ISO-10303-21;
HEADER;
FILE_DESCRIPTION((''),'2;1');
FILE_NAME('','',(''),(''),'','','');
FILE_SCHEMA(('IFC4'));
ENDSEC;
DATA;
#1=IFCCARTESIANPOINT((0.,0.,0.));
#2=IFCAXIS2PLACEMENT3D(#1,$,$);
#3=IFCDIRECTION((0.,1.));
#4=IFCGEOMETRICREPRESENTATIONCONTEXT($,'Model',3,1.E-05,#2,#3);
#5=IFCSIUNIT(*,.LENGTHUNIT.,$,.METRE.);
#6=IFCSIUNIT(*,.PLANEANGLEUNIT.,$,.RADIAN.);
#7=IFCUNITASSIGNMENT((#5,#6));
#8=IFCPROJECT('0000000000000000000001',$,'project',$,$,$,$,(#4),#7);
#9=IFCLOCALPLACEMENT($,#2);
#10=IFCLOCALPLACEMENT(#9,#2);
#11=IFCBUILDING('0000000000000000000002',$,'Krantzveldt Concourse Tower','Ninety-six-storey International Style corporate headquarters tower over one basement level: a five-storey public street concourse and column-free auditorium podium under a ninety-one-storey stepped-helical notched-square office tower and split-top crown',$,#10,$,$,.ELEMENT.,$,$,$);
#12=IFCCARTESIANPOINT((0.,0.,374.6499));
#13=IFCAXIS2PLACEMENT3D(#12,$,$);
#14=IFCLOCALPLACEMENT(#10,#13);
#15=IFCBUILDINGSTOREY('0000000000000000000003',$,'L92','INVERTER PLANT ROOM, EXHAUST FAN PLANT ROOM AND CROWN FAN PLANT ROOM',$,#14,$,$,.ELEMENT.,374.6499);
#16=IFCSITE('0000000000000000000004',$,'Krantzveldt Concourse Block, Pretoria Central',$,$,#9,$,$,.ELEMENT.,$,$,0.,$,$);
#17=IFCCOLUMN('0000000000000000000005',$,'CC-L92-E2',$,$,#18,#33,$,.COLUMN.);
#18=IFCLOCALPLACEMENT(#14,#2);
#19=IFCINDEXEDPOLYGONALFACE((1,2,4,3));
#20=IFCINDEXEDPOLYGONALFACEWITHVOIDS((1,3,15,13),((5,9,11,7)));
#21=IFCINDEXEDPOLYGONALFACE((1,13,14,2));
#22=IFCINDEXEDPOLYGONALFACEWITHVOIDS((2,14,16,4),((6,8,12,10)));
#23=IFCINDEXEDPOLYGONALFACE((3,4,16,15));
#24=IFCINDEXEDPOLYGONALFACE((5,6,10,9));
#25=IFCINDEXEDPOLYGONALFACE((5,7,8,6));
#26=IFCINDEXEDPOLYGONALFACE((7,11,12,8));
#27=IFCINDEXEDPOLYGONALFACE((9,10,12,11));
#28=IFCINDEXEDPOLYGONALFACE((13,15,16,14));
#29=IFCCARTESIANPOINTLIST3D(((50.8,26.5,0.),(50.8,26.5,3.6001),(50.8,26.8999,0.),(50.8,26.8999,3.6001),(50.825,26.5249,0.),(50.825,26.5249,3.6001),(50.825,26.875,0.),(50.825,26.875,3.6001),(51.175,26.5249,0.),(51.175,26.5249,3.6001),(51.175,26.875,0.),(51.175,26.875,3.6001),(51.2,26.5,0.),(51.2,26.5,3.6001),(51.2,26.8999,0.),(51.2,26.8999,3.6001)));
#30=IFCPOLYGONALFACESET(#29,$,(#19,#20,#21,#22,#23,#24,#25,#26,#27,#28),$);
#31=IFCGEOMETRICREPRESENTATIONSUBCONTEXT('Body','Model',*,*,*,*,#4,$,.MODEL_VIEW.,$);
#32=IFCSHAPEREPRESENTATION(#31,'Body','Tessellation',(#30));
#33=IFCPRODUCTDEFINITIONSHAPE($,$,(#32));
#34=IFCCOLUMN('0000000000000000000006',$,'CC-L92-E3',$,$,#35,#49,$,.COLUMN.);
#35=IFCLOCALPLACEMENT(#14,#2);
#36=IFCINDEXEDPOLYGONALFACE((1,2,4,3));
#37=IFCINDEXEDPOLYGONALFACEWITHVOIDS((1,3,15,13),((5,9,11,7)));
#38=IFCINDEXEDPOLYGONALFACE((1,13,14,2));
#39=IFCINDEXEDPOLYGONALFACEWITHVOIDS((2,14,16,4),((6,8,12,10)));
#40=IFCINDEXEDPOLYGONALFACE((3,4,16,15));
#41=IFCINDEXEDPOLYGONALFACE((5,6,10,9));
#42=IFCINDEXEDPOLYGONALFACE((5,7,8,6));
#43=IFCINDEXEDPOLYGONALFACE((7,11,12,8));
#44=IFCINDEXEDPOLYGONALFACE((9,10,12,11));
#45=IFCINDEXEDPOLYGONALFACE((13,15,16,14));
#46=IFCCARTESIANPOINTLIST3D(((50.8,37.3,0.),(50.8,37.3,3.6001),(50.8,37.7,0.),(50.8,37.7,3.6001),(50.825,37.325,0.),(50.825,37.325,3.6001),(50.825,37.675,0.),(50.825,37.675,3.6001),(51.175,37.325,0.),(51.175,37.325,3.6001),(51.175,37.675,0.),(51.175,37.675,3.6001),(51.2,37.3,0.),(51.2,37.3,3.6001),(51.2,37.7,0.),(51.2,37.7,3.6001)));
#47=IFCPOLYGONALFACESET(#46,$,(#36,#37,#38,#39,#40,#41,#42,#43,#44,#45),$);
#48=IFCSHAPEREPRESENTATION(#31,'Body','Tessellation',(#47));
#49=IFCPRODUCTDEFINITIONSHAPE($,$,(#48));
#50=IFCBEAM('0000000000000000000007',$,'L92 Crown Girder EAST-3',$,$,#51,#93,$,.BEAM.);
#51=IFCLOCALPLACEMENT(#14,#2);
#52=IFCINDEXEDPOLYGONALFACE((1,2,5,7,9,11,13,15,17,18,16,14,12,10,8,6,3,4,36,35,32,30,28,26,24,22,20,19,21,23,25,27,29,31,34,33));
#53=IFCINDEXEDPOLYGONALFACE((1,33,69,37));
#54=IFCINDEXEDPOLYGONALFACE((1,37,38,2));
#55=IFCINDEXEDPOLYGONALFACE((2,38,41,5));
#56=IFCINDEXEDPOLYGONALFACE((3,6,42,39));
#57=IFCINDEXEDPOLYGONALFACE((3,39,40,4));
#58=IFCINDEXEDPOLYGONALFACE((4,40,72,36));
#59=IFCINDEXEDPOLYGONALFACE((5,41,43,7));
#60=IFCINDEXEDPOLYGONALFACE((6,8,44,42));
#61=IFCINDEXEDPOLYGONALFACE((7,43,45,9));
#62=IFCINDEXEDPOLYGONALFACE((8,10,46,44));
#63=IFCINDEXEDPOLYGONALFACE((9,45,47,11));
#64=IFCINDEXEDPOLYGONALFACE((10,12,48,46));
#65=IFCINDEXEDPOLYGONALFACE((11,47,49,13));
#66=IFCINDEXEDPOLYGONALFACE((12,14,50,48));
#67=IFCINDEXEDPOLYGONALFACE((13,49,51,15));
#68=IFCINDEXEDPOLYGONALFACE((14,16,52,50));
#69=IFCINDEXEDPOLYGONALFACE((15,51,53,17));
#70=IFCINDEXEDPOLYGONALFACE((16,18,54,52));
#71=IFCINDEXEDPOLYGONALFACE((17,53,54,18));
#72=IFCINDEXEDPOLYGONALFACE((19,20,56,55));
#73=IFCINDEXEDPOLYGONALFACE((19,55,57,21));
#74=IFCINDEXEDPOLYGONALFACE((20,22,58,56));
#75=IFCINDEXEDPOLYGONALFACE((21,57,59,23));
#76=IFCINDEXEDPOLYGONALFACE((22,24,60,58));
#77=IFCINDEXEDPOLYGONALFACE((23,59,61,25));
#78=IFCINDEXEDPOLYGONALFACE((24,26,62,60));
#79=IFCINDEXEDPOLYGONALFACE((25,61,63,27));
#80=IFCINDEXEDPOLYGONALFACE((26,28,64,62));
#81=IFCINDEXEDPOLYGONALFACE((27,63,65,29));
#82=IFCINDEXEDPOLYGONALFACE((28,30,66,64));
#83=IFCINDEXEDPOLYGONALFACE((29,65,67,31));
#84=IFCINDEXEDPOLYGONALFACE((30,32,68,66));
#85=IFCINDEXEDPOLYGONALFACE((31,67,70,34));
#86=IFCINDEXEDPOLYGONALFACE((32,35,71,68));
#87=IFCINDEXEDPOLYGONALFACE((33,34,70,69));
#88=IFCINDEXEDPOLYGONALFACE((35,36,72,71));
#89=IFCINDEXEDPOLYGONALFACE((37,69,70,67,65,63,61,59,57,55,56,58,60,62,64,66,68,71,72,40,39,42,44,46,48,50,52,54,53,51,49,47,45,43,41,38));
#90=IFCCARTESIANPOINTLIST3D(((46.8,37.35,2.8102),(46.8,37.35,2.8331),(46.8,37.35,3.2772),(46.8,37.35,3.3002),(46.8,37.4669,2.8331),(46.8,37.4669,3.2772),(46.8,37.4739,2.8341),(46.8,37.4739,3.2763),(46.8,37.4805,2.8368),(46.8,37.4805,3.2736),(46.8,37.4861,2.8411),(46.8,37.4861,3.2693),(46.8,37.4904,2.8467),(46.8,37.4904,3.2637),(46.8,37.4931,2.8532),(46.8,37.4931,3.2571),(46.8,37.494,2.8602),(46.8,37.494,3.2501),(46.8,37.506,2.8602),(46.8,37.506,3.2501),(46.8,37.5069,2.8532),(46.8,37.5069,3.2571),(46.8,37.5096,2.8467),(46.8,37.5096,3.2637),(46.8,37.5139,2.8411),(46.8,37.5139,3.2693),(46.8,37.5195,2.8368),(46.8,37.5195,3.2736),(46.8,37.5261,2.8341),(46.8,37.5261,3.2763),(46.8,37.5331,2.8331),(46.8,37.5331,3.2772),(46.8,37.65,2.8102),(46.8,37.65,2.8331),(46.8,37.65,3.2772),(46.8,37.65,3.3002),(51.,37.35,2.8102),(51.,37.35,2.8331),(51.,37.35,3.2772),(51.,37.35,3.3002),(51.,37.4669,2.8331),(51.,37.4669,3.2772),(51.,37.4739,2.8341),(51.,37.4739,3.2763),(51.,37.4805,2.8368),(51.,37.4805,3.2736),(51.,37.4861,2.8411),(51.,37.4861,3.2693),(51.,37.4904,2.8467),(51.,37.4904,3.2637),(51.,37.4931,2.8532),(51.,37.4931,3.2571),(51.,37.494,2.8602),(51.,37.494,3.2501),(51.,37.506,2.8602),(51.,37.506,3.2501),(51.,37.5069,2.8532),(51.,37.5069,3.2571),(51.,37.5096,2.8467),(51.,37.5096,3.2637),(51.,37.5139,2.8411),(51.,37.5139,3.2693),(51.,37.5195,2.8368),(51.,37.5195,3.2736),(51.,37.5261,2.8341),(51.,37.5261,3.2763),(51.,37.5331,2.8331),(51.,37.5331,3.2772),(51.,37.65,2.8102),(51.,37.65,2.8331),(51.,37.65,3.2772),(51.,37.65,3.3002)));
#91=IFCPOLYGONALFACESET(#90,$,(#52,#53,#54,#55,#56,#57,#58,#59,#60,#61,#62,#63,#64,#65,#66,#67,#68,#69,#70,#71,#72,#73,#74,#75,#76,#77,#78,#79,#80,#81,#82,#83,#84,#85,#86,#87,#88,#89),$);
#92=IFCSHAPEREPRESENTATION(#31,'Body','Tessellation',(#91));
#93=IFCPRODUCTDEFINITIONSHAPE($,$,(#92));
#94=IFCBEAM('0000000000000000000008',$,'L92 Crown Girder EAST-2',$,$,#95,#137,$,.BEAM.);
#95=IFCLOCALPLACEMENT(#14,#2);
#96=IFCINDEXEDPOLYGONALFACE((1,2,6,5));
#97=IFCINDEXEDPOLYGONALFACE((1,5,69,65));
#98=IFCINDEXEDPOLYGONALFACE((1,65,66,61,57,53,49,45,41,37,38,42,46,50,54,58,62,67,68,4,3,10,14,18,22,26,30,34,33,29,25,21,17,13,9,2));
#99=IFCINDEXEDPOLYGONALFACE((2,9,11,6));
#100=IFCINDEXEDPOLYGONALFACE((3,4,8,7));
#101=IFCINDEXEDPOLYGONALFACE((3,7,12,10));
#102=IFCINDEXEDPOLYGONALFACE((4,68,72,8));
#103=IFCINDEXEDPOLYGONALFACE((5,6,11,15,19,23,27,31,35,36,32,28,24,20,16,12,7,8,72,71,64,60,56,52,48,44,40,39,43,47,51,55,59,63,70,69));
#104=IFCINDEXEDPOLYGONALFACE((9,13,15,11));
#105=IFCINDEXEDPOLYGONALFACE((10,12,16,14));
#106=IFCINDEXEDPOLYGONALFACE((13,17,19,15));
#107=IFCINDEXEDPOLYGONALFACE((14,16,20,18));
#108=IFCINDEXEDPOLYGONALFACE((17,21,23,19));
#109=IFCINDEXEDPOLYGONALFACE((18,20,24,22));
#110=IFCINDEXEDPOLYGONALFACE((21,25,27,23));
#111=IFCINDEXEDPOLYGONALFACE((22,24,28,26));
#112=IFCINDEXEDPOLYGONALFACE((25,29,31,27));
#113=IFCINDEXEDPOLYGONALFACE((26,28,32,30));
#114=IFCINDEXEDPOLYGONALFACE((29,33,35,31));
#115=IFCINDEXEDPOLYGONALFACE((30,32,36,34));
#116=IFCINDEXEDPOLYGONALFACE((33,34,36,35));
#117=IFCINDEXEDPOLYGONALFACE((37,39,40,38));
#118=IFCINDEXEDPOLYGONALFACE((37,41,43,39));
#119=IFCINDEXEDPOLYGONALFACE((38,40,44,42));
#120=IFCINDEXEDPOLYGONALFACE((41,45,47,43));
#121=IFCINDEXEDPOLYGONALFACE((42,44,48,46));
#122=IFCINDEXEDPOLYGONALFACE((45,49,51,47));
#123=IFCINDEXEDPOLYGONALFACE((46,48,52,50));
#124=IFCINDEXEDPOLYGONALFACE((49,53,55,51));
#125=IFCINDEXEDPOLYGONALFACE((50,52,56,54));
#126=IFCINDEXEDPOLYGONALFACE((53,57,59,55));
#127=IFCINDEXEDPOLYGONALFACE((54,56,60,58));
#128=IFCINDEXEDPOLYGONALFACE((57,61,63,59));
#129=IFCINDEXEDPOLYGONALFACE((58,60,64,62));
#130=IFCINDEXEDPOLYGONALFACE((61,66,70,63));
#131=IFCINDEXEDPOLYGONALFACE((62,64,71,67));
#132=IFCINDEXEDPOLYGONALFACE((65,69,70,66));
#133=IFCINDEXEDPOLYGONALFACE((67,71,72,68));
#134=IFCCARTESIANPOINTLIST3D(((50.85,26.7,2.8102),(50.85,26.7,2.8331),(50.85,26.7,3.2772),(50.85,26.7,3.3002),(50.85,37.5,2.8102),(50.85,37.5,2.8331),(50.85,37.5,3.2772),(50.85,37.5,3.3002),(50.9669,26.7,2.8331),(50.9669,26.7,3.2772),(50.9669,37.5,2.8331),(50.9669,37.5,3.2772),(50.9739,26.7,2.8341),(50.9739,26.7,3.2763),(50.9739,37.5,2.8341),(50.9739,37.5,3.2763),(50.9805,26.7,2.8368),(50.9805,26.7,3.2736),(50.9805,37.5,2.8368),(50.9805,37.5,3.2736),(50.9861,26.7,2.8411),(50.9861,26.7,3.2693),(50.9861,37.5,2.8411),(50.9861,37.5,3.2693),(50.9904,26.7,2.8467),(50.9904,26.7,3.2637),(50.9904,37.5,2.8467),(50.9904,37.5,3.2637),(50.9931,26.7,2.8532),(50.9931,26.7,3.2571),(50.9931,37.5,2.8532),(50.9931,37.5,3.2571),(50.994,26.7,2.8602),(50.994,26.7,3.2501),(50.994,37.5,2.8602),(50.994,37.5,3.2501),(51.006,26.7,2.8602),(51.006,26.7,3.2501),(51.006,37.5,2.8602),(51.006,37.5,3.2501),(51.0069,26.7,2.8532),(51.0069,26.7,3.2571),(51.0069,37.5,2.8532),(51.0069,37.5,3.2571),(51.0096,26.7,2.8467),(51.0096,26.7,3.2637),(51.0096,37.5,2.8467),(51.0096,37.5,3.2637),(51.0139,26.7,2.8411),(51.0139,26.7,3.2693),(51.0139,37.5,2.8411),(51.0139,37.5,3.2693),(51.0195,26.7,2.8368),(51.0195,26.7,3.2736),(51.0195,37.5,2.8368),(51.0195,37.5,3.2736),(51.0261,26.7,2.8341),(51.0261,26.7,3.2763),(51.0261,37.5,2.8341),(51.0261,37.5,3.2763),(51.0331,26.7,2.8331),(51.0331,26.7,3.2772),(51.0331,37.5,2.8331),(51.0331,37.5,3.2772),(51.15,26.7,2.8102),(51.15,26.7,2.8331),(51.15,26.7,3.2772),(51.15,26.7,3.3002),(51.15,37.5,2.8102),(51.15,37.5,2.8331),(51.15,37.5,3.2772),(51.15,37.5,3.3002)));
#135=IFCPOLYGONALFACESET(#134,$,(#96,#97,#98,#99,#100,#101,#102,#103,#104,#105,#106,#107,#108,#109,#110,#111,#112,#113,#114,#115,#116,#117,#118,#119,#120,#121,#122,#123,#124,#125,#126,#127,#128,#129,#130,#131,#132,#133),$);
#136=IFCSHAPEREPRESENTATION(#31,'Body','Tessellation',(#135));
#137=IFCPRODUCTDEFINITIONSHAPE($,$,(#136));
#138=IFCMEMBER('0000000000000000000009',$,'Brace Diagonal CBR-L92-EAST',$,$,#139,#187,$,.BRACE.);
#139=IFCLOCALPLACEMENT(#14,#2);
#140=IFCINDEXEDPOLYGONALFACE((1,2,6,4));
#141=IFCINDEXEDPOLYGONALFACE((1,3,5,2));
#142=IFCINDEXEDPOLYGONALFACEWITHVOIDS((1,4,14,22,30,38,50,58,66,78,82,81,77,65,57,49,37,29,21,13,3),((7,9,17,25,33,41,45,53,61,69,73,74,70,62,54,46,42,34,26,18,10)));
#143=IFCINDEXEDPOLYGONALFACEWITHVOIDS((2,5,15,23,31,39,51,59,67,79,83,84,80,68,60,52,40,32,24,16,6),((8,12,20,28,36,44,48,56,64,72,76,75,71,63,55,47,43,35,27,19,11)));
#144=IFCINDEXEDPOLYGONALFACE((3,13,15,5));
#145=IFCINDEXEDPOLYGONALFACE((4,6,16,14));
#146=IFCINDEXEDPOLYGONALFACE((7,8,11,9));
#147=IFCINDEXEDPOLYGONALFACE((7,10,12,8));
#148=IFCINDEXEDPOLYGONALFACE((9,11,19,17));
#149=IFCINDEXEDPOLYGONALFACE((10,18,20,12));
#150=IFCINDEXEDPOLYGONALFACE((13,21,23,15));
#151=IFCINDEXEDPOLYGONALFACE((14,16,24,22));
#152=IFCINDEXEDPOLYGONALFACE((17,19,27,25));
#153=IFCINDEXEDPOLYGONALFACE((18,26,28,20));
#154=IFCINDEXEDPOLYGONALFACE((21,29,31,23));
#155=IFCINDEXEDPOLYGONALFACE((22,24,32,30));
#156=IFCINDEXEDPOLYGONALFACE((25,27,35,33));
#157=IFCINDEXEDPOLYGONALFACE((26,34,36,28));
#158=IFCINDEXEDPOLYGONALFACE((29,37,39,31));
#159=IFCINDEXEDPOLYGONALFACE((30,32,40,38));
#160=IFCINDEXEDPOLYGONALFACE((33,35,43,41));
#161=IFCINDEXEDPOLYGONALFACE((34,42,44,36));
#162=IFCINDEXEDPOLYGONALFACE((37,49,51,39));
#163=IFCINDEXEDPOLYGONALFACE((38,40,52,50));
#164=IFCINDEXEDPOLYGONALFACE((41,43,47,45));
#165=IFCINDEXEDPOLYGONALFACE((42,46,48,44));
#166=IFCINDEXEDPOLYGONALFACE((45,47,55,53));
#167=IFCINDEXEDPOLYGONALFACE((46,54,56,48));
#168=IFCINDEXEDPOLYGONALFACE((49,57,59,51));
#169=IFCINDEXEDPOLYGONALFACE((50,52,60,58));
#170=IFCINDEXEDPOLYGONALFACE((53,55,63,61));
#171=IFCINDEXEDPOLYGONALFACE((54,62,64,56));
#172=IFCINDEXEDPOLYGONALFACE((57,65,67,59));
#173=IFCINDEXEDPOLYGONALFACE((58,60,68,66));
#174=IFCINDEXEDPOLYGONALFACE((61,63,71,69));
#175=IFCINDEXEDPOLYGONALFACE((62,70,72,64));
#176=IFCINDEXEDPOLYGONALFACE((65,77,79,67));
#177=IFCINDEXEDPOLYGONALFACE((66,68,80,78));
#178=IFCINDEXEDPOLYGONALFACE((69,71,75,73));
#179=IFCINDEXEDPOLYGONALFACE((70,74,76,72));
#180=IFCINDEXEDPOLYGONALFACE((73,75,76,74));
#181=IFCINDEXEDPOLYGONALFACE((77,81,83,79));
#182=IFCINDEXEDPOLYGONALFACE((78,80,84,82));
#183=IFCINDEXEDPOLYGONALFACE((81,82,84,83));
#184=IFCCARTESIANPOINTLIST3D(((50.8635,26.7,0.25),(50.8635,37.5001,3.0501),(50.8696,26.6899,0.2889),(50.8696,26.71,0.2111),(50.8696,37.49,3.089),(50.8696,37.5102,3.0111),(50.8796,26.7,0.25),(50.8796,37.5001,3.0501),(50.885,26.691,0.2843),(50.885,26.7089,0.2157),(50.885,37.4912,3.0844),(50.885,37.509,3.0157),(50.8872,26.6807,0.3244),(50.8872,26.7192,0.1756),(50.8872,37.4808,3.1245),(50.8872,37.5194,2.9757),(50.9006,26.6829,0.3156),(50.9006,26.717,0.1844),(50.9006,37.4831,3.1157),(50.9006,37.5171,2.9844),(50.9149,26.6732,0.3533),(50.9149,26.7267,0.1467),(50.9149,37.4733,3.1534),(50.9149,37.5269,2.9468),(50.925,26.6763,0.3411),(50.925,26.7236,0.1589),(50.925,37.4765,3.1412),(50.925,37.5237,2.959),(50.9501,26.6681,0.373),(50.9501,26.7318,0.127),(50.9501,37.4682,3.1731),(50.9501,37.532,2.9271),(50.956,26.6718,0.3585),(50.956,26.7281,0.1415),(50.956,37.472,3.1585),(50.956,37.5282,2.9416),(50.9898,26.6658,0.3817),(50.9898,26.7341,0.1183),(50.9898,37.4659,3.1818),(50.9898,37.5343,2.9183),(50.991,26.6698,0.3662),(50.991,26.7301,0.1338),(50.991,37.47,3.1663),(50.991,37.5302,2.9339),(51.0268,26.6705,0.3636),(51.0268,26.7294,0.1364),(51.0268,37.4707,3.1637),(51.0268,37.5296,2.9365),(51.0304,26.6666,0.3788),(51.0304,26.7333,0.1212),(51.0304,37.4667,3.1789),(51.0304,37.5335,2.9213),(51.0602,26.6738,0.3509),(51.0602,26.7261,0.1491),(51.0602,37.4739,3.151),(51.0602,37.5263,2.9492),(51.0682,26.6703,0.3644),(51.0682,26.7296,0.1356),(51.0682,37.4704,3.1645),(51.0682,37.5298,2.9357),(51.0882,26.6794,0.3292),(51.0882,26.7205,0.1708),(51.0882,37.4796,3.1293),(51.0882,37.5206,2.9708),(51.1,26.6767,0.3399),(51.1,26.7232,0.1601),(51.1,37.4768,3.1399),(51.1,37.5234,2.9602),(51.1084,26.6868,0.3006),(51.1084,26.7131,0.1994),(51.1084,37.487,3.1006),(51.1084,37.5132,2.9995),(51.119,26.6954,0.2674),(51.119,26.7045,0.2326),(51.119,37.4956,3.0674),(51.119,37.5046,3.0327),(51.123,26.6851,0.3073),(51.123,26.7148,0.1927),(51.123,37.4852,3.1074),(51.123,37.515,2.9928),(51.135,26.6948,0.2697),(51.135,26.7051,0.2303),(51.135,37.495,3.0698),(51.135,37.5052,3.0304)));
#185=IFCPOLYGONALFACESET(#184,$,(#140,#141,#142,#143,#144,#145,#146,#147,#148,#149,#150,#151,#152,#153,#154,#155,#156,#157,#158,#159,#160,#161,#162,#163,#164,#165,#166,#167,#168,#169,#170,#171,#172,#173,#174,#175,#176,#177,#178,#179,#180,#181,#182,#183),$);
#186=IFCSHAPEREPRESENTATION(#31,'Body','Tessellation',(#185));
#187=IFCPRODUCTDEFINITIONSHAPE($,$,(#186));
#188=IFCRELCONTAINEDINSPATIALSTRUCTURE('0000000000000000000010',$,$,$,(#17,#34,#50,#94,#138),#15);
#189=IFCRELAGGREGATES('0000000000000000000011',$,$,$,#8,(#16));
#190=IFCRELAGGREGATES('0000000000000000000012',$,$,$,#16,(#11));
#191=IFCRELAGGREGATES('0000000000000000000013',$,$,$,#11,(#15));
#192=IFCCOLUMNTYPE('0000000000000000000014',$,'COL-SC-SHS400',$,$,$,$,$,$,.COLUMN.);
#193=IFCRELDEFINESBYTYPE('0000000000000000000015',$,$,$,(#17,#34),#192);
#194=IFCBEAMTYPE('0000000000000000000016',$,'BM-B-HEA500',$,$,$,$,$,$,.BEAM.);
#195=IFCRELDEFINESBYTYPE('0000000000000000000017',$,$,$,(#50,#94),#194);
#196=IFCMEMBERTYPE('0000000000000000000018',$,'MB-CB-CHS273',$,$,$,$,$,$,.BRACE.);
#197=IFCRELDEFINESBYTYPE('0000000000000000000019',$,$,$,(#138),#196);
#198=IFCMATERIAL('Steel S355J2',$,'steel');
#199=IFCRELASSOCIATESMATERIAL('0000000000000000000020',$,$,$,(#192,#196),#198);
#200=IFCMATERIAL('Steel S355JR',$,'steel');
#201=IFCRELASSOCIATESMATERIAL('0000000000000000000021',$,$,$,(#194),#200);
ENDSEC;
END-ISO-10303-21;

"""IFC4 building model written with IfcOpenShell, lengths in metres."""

from ifc_helpers import new_model, si_unit, direction, frame, origin, origin_2d, place, context, subcontext, project, spatial, hollow_rectangle, hollow_circle, i_section, extrude, source, transform, mapped, material, material_profile, profile_set, type_object, type_shapes, element, save


model = new_model("IFC4")

# Units and contexts
model_context = context("Model", 3, precision=1e-05, world=origin(), true_north=direction((0.0, 1.0)))
body_context = subcontext(model_context, "Body", "Model", "MODEL_VIEW")
ifc_project = project(units=[si_unit("LENGTHUNIT", "METRE"), si_unit("PLANEANGLEUNIT", "RADIAN")], contexts=[model_context])

# Site, building, storey
site_placement = place(None, origin())
site = spatial("IfcSite", under=ifc_project, at=site_placement, Name="Krantzveldt Concourse Block, Pretoria Central", CompositionType="ELEMENT", RefElevation=0.0)
building_placement = place(site_placement, origin())
building = spatial("IfcBuilding", under=site, at=building_placement, Name="Krantzveldt Concourse Tower", Description="Ninety-six-storey International Style corporate headquarters tower over one basement level: a five-storey public street concourse and column-free auditorium podium under a ninety-one-storey stepped-helical notched-square office tower and split-top crown", CompositionType="ELEMENT")
storey_placement = place(building_placement, frame((0.0, 0.0, 374.6499)))
storey = spatial("IfcBuildingStorey", under=building, at=storey_placement, Name="L92", Description="INVERTER PLANT ROOM, EXHAUST FAN PLANT ROOM AND CROWN FAN PLANT ROOM", CompositionType="ELEMENT", Elevation=374.6499)

# Columns
ifc_material_1 = material(Name="Steel S355J2", Category="steel")
ifc_material_profile_1 = material_profile(ifc_material_1, hollow_rectangle(XDim=0.3999, YDim=0.3999, WallThickness=0.0249, at=origin_2d()), Name="Steel S355J2", Category="steel")
ifc_profile_set_1 = profile_set([ifc_material_profile_1], Name="Steel S355J2 - SHS 400x400x25")
column_type = type_object("IfcColumnType", Name="COL-SC-SHS400", PredefinedType="COLUMN", material=ifc_profile_set_1)
shared_shape_1 = source(origin(), body_context, "Body", "SweptSolid", [
    extrude(hollow_rectangle(XDim=0.3999, YDim=0.3999, WallThickness=0.0249, at=origin_2d()), origin(), (0.0, 0.0, 1.0), 3.6001),
])
type_shapes(column_type, [shared_shape_1])
for number, where, z_axis, x_axis, name in (
    (1, (51.0, 26.7, 0.0), (0.0, 0.0, 1.0), (1.0, 0.0, 0.0), "CC-L92-E2"),
    (2, (51.0, 37.5, 0.0), (0.0, 0.0, 1.0), (1.0, 0.0, 0.0), "CC-L92-E3"),
):
    element("IfcColumn", number, at=place(storey_placement, frame(where, z_axis=z_axis, x_axis=x_axis)), inside=storey, type_object=column_type, Name=name, PredefinedType="COLUMN", context=body_context, shape_type="MappedRepresentation", body=[
        mapped(shared_shape_1, transform((0.0, 0.0, 0.0), x_axis=(1.0, 0.0, 0.0), y_axis=(0.0, 1.0, 0.0), z_axis=(0.0, 0.0, 1.0), scale=1.0)),
    ])

# Beams
ifc_material_2 = material(Name="Steel S355JR", Category="steel")
ifc_material_profile_2 = material_profile(ifc_material_2, i_section(OverallWidth=0.3, OverallDepth=0.49, WebThickness=0.012, FlangeThickness=0.0229, FilletRadius=0.0271, at=origin_2d()), Name="Steel S355JR", Category="steel")
ifc_profile_set_2 = profile_set([ifc_material_profile_2], Name="Steel S355JR - HEA 500")
beam_type = type_object("IfcBeamType", Name="BM-B-HEA500", PredefinedType="BEAM", material=ifc_profile_set_2)
shared_shape_2 = source(origin(), body_context, "Body", "SweptSolid", [
    extrude(i_section(OverallWidth=0.3, OverallDepth=0.49, WebThickness=0.012, FlangeThickness=0.0229, FilletRadius=0.0271, at=origin_2d()), origin(), (0.0, 0.0, 1.0), 4.2),
])
beam_1_placement = place(storey_placement, frame((51.0, 37.5, 3.0552), z_axis=(-1.0, 0.0, 0.0), x_axis=(0.0, -1.0, 0.0)))
element("IfcBeam", 3, at=beam_1_placement, inside=storey, type_object=beam_type, Name="L92 Crown Girder EAST-3", PredefinedType="BEAM", context=body_context, shape_type="MappedRepresentation", body=[
    mapped(shared_shape_2, transform((0.0, 0.0, 0.0), x_axis=(1.0, 0.0, 0.0), y_axis=(0.0, 1.0, 0.0), z_axis=(0.0, 0.0, 1.0), scale=1.0)),
])
shared_shape_3 = source(origin(), body_context, "Body", "SweptSolid", [
    extrude(i_section(OverallWidth=0.3, OverallDepth=0.49, WebThickness=0.012, FlangeThickness=0.0229, FilletRadius=0.0271, at=origin_2d()), origin(), (0.0, 0.0, 1.0), 10.8),
])
type_shapes(beam_type, [shared_shape_2, shared_shape_3])
beam_2_placement = place(storey_placement, frame((51.0, 26.7, 3.0552), z_axis=(0.0, 1.0, 0.0), x_axis=(-1.0, 0.0, 0.0)))
element("IfcBeam", 4, at=beam_2_placement, inside=storey, type_object=beam_type, Name="L92 Crown Girder EAST-2", PredefinedType="BEAM", context=body_context, shape_type="MappedRepresentation", body=[
    mapped(shared_shape_3, transform((0.0, 0.0, 0.0), x_axis=(1.0, 0.0, 0.0), y_axis=(0.0, 1.0, 0.0), z_axis=(0.0, 0.0, 1.0), scale=1.0)),
])

# Member
ifc_material_profile_3 = material_profile(ifc_material_1, hollow_circle(Radius=0.1365, WallThickness=0.0161, at=origin_2d()), Name="Steel S355J2", Category="steel")
ifc_profile_set_3 = profile_set([ifc_material_profile_3], Name="Steel S355J2 - CHS 273x16")
member_type_1 = type_object("IfcMemberType", Name="MB-CB-CHS273", PredefinedType="BRACE", material=ifc_profile_set_3)
shared_shape_4 = source(origin(), body_context, "Body", "SweptSolid", [
    extrude(hollow_circle(Radius=0.1365, WallThickness=0.0161, at=origin_2d()), origin(), (0.0, 0.0, 1.0), 11.1572),
])
type_shapes(member_type_1, [shared_shape_4])
member_1_placement = place(storey_placement, frame((51.0, 26.7, 0.25), z_axis=(0.0, 0.967996, 0.250965), x_axis=(-1.0, 0.0, 0.0)))
element("IfcMember", 5, at=member_1_placement, inside=storey, type_object=member_type_1, Name="Brace Diagonal CBR-L92-EAST", PredefinedType="BRACE", context=body_context, shape_type="MappedRepresentation", body=[
    mapped(shared_shape_4, transform((0.0, 0.0, 0.0), x_axis=(1.0, 0.0, 0.0), y_axis=(0.0, 1.0, 0.0), z_axis=(0.0, 0.0, 1.0), scale=1.0)),
])

save(model, "model.ifc")
